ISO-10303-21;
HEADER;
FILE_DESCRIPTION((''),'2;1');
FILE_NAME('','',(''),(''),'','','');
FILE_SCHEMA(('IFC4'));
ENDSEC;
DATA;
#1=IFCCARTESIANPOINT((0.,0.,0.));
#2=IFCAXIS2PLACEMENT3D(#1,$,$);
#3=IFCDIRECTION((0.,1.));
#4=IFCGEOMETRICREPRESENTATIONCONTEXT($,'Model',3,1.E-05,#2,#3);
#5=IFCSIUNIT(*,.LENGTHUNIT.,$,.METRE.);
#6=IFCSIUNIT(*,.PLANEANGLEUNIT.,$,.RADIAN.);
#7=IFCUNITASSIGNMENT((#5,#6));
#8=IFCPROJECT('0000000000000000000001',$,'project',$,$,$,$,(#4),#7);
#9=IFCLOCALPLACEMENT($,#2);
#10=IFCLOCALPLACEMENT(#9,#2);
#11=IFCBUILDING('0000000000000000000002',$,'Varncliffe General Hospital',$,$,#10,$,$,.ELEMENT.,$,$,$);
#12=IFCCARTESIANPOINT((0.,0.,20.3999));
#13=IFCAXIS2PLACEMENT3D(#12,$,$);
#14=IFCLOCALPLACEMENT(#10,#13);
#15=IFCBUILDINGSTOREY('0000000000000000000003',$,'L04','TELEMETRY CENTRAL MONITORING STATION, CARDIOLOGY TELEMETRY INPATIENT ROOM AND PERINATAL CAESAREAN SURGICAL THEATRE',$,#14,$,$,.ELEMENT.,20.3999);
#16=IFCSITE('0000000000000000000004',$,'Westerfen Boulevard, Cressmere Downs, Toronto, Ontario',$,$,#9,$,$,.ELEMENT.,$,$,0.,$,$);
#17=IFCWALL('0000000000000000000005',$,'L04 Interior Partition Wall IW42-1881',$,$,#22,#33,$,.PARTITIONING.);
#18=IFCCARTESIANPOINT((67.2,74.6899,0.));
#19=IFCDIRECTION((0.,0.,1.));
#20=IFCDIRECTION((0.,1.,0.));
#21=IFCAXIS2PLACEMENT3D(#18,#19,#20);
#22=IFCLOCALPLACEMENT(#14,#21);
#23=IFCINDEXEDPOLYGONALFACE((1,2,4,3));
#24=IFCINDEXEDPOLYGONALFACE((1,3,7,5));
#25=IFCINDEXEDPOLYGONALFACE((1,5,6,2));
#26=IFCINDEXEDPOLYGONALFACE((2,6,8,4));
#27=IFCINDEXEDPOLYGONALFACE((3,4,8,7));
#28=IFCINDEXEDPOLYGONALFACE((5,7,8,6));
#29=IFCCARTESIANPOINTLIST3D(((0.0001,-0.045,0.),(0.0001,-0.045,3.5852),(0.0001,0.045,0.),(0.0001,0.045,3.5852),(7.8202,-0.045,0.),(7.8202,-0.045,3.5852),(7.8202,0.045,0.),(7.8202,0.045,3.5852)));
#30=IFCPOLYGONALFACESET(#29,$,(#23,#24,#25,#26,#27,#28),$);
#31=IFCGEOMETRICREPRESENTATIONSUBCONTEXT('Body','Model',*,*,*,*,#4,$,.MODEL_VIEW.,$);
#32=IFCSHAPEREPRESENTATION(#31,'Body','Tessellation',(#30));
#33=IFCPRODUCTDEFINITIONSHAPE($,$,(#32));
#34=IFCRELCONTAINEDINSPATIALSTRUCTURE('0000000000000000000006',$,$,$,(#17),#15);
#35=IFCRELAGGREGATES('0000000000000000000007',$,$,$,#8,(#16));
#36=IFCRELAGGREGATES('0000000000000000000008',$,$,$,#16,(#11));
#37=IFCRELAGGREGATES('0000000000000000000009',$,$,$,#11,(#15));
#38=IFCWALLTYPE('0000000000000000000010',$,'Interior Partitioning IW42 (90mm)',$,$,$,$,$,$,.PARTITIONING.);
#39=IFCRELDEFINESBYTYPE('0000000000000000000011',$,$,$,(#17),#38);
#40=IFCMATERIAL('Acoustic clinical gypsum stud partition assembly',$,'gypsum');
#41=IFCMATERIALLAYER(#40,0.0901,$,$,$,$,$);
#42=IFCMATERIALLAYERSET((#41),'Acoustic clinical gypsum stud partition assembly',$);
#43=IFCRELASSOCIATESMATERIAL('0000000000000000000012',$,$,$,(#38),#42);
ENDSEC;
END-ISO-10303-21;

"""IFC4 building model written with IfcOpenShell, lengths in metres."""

from ifc_helpers import new_model, si_unit, direction, frame, frame_2d, origin, place, context, subcontext, project, spatial, rectangle, extrude, material, layer, layer_set, type_object, element, save


model = new_model("IFC4")

# Units and contexts
model_context = context("Model", 3, precision=1e-05, world=origin(), true_north=direction((0.0, 1.0)))
body_context = subcontext(model_context, "Body", "Model", "MODEL_VIEW")
ifc_project = project(units=[si_unit("LENGTHUNIT", "METRE"), si_unit("PLANEANGLEUNIT", "RADIAN")], contexts=[model_context])

# Site, building, storey
site_placement = place(None, origin())
site = spatial("IfcSite", under=ifc_project, at=site_placement, Name="Westerfen Boulevard, Cressmere Downs, Toronto, Ontario", CompositionType="ELEMENT", RefElevation=0.0)
building_placement = place(site_placement, origin())
building = spatial("IfcBuilding", under=site, at=building_placement, Name="Varncliffe General Hospital", CompositionType="ELEMENT")
storey_placement = place(building_placement, frame((0.0, 0.0, 20.3999)))
storey = spatial("IfcBuildingStorey", under=building, at=storey_placement, Name="L04", Description="TELEMETRY CENTRAL MONITORING STATION, CARDIOLOGY TELEMETRY INPATIENT ROOM AND PERINATAL CAESAREAN SURGICAL THEATRE", CompositionType="ELEMENT", Elevation=20.3999)

# Wall
ifc_material_1 = material(Name="Acoustic clinical gypsum stud partition assembly", Category="gypsum")
ifc_layer_1 = layer(ifc_material_1, 0.0901)
ifc_layer_set_1 = layer_set([ifc_layer_1], Name="Acoustic clinical gypsum stud partition assembly")
wall_type_1 = type_object("IfcWallType", Name="Interior Partitioning IW42 (90mm)", PredefinedType="PARTITIONING", material=ifc_layer_set_1)
wall_1_placement = place(storey_placement, frame((67.2, 74.6899, 0.0), z_axis=(0.0, 0.0, 1.0), x_axis=(0.0, 1.0, 0.0)))
element("IfcWall", 1, at=wall_1_placement, inside=storey, type_object=wall_type_1, Name="L04 Interior Partition Wall IW42-1881", PredefinedType="PARTITIONING", context=body_context, shape_type="SweptSolid", body=[
    extrude(rectangle(XDim=7.8201, YDim=0.0901, at=frame_2d((3.9102, 0.0))), origin(), (0.0, 0.0, 1.0), 3.5852),
])

save(model, "model.ifc")
